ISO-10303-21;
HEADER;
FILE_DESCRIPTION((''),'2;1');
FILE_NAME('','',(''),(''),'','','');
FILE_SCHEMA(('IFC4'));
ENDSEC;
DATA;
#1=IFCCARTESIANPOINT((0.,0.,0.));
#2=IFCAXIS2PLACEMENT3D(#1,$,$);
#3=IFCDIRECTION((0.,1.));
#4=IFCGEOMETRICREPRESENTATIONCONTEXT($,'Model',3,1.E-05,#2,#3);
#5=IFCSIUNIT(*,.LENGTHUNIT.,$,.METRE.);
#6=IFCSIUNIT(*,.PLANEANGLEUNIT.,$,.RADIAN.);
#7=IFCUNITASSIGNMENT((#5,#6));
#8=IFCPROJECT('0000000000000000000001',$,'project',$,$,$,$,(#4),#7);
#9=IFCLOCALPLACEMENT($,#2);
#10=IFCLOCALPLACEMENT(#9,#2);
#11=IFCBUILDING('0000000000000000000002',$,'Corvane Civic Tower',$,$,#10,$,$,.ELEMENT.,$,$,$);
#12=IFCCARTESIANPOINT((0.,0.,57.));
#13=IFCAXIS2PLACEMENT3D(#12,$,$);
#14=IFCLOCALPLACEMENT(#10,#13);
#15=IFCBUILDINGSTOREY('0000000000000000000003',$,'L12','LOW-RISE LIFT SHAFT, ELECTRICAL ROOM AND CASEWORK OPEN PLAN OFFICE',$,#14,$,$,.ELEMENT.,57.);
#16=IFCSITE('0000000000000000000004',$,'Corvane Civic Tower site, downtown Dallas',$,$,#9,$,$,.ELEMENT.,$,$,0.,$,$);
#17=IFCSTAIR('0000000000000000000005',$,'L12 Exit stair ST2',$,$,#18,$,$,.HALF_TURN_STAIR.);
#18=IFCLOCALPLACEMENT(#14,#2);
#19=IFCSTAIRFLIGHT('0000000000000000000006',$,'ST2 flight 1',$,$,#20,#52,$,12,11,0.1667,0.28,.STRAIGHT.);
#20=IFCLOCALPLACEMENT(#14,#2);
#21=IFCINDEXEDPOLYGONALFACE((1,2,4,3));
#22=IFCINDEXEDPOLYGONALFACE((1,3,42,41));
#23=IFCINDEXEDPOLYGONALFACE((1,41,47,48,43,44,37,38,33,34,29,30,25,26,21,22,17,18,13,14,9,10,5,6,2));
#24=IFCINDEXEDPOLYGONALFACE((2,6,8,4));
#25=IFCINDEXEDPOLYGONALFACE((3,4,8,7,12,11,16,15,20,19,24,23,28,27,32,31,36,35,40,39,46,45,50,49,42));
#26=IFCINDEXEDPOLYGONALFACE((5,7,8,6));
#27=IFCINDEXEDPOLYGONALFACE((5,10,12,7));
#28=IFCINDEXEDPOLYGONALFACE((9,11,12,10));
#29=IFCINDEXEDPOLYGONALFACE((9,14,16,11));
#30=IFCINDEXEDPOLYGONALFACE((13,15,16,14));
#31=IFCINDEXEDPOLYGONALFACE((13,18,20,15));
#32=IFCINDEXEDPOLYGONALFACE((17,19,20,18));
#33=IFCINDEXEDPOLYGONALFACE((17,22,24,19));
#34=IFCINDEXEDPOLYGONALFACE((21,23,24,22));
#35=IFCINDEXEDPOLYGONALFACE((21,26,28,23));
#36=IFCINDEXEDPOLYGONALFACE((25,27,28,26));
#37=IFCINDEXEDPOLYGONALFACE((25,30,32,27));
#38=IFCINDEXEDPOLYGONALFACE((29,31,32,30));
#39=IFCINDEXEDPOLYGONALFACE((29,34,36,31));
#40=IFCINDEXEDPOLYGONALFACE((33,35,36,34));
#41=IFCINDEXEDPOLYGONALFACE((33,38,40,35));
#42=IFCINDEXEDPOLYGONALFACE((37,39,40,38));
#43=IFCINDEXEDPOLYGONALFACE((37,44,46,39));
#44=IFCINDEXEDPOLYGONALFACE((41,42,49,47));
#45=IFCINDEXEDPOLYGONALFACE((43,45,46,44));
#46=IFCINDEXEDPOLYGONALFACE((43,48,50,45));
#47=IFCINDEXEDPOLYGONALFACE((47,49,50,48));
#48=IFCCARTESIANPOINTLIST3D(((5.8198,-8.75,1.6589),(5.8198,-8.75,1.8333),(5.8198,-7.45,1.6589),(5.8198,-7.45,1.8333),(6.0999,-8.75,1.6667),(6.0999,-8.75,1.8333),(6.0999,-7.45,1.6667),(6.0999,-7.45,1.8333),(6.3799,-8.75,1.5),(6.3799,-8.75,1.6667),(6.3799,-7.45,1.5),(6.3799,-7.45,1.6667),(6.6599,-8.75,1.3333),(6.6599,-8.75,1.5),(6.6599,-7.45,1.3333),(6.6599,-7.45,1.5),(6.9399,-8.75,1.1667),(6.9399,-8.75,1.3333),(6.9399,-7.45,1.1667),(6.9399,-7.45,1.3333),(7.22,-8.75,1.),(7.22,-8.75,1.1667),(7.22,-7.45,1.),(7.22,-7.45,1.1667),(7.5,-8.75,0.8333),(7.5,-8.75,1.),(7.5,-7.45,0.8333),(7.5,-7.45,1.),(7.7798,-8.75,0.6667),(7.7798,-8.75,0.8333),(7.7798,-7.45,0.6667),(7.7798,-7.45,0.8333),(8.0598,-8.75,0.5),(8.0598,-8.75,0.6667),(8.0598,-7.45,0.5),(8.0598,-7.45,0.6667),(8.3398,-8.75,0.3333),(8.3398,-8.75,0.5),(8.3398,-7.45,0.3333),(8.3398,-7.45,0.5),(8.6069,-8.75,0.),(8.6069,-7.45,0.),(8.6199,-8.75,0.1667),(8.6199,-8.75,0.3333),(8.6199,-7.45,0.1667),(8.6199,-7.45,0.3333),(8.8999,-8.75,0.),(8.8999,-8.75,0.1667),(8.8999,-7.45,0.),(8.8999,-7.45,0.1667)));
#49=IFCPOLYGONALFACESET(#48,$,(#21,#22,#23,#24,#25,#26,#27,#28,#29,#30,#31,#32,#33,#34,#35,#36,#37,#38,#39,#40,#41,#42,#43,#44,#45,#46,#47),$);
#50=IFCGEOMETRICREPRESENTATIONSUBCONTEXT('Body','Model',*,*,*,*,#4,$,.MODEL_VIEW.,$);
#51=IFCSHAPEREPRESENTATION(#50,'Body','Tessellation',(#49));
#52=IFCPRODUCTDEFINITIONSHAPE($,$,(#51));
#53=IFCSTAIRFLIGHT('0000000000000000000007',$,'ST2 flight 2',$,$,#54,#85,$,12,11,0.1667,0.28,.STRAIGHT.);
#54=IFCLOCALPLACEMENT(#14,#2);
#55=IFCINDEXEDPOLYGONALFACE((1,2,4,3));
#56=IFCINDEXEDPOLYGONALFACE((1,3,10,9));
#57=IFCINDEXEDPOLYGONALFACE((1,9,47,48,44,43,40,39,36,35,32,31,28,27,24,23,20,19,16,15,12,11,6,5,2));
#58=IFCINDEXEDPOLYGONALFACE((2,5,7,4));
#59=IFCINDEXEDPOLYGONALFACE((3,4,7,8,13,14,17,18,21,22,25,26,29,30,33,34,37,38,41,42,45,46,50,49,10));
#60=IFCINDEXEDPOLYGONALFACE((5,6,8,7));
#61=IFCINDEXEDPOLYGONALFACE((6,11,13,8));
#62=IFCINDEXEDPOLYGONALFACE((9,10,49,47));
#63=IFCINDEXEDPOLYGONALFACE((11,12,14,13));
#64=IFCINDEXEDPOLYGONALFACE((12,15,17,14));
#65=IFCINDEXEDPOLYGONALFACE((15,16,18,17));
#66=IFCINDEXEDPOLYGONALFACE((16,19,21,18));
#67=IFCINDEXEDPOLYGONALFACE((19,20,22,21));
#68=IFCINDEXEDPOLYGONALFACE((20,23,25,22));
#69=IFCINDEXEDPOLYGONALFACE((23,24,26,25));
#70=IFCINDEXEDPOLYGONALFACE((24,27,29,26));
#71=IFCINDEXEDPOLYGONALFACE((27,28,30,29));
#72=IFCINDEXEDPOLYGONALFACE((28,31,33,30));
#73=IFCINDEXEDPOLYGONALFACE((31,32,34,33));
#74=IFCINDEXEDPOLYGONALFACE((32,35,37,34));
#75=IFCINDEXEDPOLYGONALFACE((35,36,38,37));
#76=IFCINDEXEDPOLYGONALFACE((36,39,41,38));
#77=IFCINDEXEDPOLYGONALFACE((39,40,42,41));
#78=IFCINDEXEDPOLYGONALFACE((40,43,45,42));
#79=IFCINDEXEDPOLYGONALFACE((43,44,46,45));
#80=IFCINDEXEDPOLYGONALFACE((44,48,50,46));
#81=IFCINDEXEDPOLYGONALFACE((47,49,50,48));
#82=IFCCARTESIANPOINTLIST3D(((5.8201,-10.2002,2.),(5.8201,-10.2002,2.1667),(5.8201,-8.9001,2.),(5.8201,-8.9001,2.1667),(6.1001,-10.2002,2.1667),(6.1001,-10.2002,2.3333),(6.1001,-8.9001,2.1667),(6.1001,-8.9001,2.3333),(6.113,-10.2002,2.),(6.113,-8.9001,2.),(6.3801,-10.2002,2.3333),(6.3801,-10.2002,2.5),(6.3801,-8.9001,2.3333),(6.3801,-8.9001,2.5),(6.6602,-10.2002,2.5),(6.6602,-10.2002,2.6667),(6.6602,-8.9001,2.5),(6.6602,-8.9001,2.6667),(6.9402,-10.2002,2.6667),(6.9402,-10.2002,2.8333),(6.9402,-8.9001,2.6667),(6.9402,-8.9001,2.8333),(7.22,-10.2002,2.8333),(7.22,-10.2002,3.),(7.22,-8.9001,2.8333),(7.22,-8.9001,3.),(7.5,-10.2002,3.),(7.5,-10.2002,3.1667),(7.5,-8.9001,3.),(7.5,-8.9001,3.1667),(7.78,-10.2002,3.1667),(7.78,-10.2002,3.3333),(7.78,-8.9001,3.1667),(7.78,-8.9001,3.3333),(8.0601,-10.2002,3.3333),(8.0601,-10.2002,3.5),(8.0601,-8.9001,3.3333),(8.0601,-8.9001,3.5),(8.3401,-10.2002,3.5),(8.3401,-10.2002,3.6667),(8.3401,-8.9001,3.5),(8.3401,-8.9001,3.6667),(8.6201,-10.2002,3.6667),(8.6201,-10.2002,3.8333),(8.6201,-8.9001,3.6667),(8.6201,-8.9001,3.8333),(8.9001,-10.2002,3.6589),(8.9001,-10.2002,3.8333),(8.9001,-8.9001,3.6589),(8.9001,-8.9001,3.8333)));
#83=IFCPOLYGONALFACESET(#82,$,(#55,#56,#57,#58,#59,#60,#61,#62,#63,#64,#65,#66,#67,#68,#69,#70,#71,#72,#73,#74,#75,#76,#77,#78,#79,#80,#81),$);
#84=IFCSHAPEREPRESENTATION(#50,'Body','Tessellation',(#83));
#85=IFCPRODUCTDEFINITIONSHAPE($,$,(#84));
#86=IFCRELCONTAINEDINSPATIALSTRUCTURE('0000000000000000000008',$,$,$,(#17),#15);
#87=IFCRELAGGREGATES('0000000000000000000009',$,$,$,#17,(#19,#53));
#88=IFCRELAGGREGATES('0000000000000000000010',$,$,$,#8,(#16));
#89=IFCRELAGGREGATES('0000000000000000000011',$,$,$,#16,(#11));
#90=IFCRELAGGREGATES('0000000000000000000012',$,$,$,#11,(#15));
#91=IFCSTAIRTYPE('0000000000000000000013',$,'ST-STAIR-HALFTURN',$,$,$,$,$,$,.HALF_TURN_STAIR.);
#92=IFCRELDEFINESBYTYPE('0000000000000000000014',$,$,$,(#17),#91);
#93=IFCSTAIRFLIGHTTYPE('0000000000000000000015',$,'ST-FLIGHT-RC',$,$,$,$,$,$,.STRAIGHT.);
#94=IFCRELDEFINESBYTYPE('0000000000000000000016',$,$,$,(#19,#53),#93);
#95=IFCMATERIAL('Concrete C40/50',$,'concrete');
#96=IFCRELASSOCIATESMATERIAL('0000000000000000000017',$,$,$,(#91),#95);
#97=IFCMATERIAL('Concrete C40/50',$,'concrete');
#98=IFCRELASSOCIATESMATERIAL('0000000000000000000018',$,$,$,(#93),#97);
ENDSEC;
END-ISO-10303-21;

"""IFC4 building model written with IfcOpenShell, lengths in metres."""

from ifc_helpers import new_model, si_unit, direction, frame, origin, place, context, subcontext, project, spatial, polyline, outline, extrude, material, type_object, element, aggregate, save


model = new_model("IFC4")

# Units and contexts
model_context = context("Model", 3, precision=1e-05, world=origin(), true_north=direction((0.0, 1.0)))
body_context = subcontext(model_context, "Body", "Model", "MODEL_VIEW")
ifc_project = project(units=[si_unit("LENGTHUNIT", "METRE"), si_unit("PLANEANGLEUNIT", "RADIAN")], contexts=[model_context])

# Site, building, storey
site_placement = place(None, origin())
site = spatial("IfcSite", under=ifc_project, at=site_placement, Name="Corvane Civic Tower site, downtown Dallas", CompositionType="ELEMENT", RefElevation=0.0)
building_placement = place(site_placement, origin())
building = spatial("IfcBuilding", under=site, at=building_placement, Name="Corvane Civic Tower", CompositionType="ELEMENT")
storey_placement = place(building_placement, frame((0.0, 0.0, 57.0)))
storey = spatial("IfcBuildingStorey", under=building, at=storey_placement, Name="L12", Description="LOW-RISE LIFT SHAFT, ELECTRICAL ROOM AND CASEWORK OPEN PLAN OFFICE", CompositionType="ELEMENT", Elevation=57.0)

# Shared definitions
ifc_material_1 = material(Name="Concrete C40/50", Category="concrete")
stair_type = type_object("IfcStairType", Name="ST-STAIR-HALFTURN", PredefinedType="HALF_TURN_STAIR", material=ifc_material_1)

# Stair, stair flights
stair_1_placement = place(storey_placement, origin())
stair_1 = element("IfcStair", 1, at=stair_1_placement, inside=storey, type_object=stair_type, Name="L12 Exit stair ST2", PredefinedType="HALF_TURN_STAIR")
ifc_material_2 = material(Name="Concrete C40/50", Category="concrete")
stair_flight_type = type_object("IfcStairFlightType", Name="ST-FLIGHT-RC", PredefinedType="STRAIGHT", material=ifc_material_2)
stair_flight_1_placement = place(storey_placement, frame((8.8999, -8.1001, 0.0), z_axis=(0.0, 0.0, 1.0), x_axis=(-1.0, 0.0, 0.0)))
stair_flight_1 = element("IfcStairFlight", 2, at=stair_flight_1_placement, type_object=stair_flight_type, Name="ST2 flight 1", NumberOfRisers=12, NumberOfTreads=11, PredefinedType="STRAIGHT", RiserHeight=0.1667, TreadLength=0.28, context=body_context, shape_type="SweptSolid", body=[
    extrude(outline(polyline([(0.0, 0.0), (0.0, 0.1667), (0.28, 0.1667), (0.28, 0.3333), (0.5601, 0.3333), (0.5601, 0.5), (0.8401, 0.5), (0.8401, 0.6667), (1.1201, 0.6667), (1.1201, 0.8333), (1.3999, 0.8333), (1.3999, 1.0), (1.6799, 1.0), (1.6799, 1.1667), (1.96, 1.1667), (1.96, 1.3333), (2.24, 1.3333), (2.24, 1.5), (2.52, 1.5), (2.52, 1.6667), (2.8, 1.6667), (2.8, 1.8333), (3.0801, 1.8333), (3.0801, 2.0), (3.0801, 1.6589), (0.293, 0.0), (0.0, 0.0)])), frame((0.0, 0.6499, 0.0), z_axis=(0.0, -1.0, 0.0), x_axis=(1.0, 0.0, 0.0)), (0.0, 0.0, 1.0), 1.3),
])
stair_flight_2_placement = place(storey_placement, frame((5.8201, -9.55, 2.0), z_axis=(0.0, 0.0, 1.0), x_axis=(1.0, 0.0, 0.0)))
stair_flight_2 = element("IfcStairFlight", 3, at=stair_flight_2_placement, type_object=stair_flight_type, Name="ST2 flight 2", NumberOfRisers=12, NumberOfTreads=11, PredefinedType="STRAIGHT", RiserHeight=0.1667, TreadLength=0.28, context=body_context, shape_type="SweptSolid", body=[
    extrude(outline(polyline([(0.0, 0.0), (0.0, 0.1667), (0.28, 0.1667), (0.28, 0.3333), (0.5601, 0.3333), (0.5601, 0.5), (0.8401, 0.5), (0.8401, 0.6667), (1.1201, 0.6667), (1.1201, 0.8333), (1.3999, 0.8333), (1.3999, 1.0), (1.6799, 1.0), (1.6799, 1.1667), (1.96, 1.1667), (1.96, 1.3333), (2.24, 1.3333), (2.24, 1.5), (2.52, 1.5), (2.52, 1.6667), (2.8, 1.6667), (2.8, 1.8333), (3.0801, 1.8333), (3.0801, 2.0), (3.0801, 1.6589), (0.293, 0.0), (0.0, 0.0)])), frame((0.0, 0.6499, 0.0), z_axis=(0.0, -1.0, 0.0), x_axis=(1.0, 0.0, 0.0)), (0.0, 0.0, 1.0), 1.3),
])
aggregate(stair_1, [stair_flight_1, stair_flight_2])

save(model, "model.ifc")
